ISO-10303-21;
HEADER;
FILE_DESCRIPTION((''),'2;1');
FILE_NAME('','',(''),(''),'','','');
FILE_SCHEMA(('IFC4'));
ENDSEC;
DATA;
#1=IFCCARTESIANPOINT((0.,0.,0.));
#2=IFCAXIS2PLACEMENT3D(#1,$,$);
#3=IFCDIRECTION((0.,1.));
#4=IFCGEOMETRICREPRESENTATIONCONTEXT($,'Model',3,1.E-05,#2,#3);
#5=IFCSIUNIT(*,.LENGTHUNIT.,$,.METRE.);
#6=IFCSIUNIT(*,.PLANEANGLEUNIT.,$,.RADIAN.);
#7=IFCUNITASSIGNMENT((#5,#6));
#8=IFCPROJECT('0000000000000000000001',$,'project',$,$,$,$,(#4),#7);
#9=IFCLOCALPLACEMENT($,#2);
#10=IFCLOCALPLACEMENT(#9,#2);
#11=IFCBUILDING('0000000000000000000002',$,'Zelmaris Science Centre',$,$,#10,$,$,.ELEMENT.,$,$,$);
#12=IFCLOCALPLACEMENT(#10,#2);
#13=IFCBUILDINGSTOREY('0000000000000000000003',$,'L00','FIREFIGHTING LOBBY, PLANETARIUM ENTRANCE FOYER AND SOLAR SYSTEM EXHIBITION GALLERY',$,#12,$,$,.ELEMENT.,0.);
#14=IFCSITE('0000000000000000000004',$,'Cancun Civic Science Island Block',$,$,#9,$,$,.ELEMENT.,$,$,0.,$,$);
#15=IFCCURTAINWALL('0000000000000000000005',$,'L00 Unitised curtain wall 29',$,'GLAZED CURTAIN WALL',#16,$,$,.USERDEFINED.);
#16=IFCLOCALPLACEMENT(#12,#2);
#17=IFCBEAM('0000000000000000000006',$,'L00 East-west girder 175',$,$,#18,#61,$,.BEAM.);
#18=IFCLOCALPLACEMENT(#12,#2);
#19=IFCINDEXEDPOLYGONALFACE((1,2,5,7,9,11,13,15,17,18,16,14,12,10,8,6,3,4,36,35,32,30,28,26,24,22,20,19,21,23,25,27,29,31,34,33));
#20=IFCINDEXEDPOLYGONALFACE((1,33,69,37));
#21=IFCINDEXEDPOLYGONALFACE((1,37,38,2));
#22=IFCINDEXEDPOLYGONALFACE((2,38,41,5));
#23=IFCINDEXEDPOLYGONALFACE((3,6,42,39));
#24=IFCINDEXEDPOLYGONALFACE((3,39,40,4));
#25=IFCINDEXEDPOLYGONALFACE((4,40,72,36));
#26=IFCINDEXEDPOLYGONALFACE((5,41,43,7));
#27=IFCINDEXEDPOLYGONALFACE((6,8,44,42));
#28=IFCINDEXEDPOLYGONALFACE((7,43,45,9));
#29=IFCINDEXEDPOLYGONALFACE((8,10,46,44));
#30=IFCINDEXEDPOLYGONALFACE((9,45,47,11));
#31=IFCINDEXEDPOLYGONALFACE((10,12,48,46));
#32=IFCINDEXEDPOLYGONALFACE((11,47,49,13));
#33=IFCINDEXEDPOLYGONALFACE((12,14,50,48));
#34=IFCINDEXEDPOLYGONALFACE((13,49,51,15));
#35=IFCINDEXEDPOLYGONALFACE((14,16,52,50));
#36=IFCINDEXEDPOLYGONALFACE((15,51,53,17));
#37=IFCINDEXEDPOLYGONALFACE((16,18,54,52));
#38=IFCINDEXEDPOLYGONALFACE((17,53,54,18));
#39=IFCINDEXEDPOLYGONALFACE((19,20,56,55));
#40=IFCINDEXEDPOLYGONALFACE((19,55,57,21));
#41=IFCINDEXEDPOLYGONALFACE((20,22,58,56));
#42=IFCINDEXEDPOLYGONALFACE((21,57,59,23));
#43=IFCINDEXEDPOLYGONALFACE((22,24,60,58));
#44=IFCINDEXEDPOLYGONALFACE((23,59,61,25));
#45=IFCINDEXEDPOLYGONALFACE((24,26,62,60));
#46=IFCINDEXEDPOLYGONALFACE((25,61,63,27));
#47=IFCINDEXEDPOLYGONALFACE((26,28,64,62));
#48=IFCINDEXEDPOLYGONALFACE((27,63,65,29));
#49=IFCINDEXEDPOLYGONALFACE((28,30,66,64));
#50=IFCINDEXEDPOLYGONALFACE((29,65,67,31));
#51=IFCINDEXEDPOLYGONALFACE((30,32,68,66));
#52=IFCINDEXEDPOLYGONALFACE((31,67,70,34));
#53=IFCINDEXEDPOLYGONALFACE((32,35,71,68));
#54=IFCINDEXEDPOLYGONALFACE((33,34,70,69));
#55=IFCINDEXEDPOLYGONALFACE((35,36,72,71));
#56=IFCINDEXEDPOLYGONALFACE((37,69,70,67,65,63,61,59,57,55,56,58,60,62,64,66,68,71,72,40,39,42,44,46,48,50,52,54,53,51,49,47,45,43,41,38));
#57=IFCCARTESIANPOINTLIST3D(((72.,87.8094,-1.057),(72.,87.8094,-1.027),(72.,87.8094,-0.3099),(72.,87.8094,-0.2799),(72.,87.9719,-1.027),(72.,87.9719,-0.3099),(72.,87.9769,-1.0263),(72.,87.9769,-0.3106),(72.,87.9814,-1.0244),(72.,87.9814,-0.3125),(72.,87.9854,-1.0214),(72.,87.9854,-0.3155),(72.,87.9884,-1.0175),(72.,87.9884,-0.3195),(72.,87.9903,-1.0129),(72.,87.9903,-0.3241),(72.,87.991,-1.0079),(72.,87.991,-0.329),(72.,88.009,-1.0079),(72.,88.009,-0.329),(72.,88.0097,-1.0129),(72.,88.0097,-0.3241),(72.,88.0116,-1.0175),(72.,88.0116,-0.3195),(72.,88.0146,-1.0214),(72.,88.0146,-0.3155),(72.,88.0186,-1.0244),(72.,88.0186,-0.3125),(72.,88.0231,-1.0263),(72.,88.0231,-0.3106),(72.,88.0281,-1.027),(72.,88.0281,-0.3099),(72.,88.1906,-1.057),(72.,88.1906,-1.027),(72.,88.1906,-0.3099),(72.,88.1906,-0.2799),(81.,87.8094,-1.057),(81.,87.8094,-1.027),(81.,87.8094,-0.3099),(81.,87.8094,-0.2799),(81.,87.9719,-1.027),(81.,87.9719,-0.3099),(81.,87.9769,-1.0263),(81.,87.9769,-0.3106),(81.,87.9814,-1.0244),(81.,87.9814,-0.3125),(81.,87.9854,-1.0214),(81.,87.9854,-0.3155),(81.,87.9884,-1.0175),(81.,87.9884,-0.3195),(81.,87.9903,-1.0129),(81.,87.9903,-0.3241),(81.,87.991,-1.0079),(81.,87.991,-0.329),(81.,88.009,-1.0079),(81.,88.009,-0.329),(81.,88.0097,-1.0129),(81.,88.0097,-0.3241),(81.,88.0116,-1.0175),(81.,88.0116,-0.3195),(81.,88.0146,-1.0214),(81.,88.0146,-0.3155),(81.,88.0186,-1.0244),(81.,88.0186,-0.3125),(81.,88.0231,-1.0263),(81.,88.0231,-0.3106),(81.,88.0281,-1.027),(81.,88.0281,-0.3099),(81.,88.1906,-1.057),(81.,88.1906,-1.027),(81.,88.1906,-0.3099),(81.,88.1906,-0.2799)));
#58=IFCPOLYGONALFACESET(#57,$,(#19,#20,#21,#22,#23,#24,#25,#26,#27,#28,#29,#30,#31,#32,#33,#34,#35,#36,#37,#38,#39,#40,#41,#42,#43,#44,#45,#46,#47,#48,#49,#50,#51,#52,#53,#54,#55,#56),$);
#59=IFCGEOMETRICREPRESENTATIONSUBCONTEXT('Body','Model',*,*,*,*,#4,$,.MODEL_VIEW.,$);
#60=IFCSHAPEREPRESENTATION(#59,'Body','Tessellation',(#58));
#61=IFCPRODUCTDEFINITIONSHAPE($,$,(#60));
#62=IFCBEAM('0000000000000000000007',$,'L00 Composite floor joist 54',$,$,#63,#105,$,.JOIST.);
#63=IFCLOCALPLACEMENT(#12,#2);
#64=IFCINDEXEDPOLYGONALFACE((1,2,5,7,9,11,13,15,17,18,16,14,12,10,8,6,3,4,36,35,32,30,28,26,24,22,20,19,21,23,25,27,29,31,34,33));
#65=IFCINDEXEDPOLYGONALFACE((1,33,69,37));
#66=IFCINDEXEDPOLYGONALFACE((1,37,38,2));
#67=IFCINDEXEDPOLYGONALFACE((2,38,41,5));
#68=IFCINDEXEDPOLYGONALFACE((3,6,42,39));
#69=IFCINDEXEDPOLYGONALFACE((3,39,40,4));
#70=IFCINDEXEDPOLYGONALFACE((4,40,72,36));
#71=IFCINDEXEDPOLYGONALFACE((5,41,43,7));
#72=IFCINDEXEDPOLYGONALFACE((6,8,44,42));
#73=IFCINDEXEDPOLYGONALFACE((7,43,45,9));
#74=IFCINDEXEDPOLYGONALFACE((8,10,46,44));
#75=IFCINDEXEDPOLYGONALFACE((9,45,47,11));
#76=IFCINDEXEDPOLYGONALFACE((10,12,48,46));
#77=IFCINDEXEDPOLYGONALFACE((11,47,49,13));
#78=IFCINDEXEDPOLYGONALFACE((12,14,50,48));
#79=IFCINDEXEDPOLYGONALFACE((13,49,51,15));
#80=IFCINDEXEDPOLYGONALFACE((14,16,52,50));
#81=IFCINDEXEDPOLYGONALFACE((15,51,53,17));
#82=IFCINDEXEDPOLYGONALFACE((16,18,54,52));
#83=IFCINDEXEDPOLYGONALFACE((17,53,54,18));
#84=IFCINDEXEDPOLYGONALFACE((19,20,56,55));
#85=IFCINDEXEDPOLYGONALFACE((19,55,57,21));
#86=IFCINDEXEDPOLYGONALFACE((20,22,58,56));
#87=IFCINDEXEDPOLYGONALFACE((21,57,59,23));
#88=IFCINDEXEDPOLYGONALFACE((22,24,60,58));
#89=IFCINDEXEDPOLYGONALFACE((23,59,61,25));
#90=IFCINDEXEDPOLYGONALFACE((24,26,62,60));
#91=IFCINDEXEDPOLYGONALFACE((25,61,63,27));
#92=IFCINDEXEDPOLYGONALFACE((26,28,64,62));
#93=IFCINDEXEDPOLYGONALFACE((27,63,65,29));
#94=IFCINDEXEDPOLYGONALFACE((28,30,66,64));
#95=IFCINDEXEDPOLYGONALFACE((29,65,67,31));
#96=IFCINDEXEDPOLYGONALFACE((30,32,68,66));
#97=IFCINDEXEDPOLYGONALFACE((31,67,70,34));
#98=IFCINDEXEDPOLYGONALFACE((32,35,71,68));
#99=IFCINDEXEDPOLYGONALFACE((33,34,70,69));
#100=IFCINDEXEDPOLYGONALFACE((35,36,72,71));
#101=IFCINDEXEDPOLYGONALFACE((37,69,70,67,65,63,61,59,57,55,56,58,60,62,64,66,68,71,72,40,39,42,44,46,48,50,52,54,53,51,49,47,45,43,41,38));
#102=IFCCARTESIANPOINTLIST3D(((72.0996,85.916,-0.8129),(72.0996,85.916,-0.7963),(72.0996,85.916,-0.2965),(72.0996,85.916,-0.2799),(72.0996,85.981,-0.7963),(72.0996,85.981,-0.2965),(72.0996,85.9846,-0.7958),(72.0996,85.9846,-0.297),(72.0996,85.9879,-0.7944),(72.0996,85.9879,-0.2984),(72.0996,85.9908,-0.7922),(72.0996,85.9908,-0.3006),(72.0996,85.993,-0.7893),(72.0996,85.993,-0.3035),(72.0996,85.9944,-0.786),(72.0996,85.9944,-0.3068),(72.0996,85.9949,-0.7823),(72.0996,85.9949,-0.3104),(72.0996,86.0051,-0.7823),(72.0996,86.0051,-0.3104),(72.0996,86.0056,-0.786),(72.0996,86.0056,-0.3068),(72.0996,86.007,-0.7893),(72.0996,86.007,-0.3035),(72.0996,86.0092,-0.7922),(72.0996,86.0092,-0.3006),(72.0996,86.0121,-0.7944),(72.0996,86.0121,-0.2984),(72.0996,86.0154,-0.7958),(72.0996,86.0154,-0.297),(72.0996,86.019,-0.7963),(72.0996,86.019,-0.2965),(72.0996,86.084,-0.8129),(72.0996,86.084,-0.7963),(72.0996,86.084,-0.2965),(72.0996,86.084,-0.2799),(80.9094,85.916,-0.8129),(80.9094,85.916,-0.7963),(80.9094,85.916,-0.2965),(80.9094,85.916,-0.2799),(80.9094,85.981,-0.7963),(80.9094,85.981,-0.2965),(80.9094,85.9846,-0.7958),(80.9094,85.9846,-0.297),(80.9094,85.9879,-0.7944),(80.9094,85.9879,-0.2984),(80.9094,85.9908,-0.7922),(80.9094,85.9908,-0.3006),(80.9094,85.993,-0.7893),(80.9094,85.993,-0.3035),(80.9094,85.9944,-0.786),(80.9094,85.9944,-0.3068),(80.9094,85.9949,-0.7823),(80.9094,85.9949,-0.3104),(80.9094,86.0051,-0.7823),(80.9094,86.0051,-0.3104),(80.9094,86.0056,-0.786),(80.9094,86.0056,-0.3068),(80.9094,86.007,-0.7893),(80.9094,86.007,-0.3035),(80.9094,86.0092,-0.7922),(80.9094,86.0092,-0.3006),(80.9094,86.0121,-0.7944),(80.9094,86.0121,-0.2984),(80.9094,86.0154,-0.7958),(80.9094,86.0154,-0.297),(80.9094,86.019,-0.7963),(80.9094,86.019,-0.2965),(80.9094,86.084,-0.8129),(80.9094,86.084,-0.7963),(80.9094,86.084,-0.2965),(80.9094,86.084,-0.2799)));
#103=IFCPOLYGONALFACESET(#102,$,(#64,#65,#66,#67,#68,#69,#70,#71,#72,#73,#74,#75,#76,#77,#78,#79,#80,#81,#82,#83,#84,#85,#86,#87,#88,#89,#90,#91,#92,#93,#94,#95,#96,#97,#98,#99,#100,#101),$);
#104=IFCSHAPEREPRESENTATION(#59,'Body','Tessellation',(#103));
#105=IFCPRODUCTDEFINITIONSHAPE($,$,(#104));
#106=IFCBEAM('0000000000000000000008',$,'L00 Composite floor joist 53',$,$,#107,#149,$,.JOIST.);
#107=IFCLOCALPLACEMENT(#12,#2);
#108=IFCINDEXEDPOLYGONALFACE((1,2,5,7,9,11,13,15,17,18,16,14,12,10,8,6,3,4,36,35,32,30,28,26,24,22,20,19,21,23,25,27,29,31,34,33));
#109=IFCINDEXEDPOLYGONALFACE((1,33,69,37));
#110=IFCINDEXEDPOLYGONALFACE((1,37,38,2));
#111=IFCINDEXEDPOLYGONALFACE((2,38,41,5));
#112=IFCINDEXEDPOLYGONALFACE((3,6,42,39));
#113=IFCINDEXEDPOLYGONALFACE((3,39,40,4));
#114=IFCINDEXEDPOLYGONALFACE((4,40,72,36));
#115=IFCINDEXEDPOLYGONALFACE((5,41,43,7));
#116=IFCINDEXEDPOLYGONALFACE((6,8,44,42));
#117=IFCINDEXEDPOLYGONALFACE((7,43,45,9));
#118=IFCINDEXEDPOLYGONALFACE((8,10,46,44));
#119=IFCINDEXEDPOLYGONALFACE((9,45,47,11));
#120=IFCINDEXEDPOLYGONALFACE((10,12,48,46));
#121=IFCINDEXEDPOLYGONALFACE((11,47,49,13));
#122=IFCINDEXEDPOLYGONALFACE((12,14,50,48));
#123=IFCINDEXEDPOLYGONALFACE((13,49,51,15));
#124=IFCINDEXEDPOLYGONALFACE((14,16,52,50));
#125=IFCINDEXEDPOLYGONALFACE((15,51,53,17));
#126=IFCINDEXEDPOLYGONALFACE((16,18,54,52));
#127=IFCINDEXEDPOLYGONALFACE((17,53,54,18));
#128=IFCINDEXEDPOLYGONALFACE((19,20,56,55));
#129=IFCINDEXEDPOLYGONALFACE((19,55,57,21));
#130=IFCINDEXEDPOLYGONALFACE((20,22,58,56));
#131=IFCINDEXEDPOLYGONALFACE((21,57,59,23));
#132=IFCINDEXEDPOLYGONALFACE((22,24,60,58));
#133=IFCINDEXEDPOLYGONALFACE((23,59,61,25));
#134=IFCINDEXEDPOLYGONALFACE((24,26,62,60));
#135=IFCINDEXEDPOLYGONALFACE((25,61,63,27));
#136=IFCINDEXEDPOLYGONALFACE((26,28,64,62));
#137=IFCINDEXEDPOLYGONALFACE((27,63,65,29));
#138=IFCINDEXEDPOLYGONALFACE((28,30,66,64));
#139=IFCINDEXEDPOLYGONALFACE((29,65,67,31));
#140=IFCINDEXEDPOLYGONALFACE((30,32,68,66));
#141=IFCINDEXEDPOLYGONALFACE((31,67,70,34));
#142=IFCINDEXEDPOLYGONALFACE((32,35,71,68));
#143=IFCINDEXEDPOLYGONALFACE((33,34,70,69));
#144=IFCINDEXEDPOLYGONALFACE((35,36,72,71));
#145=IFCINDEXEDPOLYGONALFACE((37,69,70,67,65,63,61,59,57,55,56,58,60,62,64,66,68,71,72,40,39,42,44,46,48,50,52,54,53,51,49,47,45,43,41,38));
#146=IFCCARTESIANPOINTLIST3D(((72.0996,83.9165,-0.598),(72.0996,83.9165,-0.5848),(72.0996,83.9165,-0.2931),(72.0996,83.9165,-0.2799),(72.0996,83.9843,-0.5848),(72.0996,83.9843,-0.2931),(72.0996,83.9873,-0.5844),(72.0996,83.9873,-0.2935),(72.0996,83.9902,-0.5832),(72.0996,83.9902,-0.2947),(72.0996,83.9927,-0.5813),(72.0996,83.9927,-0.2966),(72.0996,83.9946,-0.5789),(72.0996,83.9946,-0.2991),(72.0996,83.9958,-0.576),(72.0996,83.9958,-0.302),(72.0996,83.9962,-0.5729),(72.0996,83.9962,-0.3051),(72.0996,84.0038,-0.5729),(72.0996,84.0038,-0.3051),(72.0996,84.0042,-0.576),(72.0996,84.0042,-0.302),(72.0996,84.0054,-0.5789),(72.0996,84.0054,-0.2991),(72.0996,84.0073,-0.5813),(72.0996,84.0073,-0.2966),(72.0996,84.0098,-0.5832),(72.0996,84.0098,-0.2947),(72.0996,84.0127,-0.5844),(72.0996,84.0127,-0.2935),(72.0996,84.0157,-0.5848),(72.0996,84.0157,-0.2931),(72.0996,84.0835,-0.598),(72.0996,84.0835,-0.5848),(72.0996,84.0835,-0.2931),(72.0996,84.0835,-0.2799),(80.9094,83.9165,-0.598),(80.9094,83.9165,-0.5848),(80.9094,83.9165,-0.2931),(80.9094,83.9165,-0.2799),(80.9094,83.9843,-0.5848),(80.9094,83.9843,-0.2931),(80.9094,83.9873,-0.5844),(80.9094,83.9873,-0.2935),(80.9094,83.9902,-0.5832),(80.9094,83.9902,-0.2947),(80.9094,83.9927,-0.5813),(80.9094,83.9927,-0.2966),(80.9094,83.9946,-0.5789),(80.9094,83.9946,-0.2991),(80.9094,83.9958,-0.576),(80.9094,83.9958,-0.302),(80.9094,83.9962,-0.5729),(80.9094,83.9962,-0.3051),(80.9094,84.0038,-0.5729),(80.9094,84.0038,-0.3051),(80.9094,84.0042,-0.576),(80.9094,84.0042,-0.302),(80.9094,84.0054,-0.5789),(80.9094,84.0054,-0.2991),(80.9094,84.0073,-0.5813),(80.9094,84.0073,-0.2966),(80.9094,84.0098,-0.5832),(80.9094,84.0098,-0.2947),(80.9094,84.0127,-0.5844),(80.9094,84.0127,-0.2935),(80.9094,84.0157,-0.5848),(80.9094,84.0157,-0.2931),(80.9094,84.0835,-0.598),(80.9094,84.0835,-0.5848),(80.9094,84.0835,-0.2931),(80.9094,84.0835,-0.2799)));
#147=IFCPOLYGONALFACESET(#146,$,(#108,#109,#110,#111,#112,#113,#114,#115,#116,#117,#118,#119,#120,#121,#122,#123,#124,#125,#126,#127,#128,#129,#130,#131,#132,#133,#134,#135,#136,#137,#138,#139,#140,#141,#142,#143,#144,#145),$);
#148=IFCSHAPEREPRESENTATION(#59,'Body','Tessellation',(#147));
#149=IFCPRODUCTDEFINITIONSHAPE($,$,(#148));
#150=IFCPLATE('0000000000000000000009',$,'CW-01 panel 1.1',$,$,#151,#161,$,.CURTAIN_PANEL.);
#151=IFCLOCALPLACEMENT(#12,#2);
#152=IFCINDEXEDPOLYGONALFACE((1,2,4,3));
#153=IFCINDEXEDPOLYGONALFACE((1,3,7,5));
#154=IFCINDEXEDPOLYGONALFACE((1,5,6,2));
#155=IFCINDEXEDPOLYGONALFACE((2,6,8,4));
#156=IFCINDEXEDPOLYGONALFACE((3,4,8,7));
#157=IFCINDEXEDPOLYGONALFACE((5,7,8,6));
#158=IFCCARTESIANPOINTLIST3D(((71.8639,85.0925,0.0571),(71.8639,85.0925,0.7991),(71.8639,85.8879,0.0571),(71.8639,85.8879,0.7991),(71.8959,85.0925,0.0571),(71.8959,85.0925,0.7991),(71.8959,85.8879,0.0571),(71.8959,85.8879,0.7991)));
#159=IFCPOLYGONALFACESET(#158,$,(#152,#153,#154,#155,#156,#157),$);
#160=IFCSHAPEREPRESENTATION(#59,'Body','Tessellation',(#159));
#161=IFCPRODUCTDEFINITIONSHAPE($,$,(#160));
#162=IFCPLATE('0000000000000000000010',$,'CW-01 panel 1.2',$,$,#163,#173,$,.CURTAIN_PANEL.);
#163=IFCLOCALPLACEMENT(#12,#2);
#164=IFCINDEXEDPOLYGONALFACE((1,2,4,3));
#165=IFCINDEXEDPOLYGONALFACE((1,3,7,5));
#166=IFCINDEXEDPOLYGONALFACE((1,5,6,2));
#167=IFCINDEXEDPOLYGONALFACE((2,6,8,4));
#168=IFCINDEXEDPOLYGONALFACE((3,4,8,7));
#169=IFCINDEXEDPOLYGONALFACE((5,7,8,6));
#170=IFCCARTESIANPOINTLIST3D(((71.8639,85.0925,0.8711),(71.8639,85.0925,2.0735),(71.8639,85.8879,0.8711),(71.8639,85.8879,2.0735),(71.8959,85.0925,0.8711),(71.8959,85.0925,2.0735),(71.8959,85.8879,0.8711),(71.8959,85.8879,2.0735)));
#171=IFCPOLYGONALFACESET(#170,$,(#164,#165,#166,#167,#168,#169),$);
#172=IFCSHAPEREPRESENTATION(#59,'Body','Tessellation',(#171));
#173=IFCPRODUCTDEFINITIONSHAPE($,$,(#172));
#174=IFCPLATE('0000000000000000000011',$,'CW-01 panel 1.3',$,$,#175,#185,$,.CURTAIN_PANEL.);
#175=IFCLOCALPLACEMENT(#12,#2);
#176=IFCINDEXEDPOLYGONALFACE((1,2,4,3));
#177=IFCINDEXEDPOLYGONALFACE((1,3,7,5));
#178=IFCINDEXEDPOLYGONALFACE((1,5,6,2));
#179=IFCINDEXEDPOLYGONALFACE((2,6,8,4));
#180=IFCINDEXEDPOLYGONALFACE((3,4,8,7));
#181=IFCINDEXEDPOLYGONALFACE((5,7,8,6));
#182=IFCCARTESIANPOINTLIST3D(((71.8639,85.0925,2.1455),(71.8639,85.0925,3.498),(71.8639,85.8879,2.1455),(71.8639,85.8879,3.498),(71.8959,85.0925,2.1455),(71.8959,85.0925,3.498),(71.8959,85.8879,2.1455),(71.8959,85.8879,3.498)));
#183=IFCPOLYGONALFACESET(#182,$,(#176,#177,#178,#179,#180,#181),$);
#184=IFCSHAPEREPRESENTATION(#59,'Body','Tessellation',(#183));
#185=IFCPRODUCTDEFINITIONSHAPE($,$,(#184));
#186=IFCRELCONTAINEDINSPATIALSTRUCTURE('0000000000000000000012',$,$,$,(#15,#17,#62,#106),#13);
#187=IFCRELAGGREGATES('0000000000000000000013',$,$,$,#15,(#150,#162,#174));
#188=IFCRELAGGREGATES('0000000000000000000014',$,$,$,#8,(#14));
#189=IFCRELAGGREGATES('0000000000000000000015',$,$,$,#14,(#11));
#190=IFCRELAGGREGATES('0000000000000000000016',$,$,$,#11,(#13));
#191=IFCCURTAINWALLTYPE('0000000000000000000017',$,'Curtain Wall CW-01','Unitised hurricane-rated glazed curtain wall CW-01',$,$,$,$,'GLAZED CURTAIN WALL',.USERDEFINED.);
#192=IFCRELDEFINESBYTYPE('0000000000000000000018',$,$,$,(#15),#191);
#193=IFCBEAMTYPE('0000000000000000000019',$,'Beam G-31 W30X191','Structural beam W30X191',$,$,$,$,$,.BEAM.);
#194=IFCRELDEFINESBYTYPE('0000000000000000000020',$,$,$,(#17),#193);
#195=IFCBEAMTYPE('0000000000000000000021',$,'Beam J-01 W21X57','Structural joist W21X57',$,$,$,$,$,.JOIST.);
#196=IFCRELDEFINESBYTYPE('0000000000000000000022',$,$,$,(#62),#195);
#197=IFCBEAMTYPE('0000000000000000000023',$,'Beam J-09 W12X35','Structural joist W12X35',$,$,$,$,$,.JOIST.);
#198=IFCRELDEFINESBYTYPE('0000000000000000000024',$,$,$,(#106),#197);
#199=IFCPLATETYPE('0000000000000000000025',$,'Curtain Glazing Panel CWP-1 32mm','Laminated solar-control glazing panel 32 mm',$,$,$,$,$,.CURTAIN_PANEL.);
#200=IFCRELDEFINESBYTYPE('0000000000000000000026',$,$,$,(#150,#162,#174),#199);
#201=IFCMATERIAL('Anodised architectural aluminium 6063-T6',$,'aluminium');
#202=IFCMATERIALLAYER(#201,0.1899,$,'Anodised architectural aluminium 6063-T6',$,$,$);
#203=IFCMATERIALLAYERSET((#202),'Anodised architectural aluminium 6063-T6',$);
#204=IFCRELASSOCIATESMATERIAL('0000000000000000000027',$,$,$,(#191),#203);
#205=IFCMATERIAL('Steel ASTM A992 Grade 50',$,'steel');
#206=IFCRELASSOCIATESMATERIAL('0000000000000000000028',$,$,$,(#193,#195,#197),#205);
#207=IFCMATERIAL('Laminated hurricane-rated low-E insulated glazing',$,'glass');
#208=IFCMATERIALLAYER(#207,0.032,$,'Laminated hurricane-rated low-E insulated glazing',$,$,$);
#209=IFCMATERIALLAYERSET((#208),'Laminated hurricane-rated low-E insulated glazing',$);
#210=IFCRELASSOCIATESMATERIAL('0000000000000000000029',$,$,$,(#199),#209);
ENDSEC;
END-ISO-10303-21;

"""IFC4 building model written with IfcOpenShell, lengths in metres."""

from ifc_helpers import new_model, si_unit, direction, frame, origin, origin_2d, place, context, subcontext, project, spatial, rectangle, i_section, extrude, material, layer, layer_set, material_profile, profile_set, type_object, element, aggregate, save


model = new_model("IFC4")

# Units and contexts
model_context = context("Model", 3, precision=1e-05, world=origin(), true_north=direction((0.0, 1.0)))
body_context = subcontext(model_context, "Body", "Model", "MODEL_VIEW")
ifc_project = project(units=[si_unit("LENGTHUNIT", "METRE"), si_unit("PLANEANGLEUNIT", "RADIAN")], contexts=[model_context])

# Site, building, storey
site_placement = place(None, origin())
site = spatial("IfcSite", under=ifc_project, at=site_placement, Name="Cancun Civic Science Island Block", CompositionType="ELEMENT", RefElevation=0.0)
building_placement = place(site_placement, origin())
building = spatial("IfcBuilding", under=site, at=building_placement, Name="Zelmaris Science Centre", CompositionType="ELEMENT")
storey_placement = place(building_placement, origin())
storey = spatial("IfcBuildingStorey", under=building, at=storey_placement, Name="L00", Description="FIREFIGHTING LOBBY, PLANETARIUM ENTRANCE FOYER AND SOLAR SYSTEM EXHIBITION GALLERY", CompositionType="ELEMENT", Elevation=0.0)

# Shared definitions
ifc_material_1 = material(Name="Steel ASTM A992 Grade 50", Category="steel")

# Curtain wall
ifc_material_2 = material(Name="Anodised architectural aluminium 6063-T6", Category="aluminium")
ifc_layer_1 = layer(ifc_material_2, 0.1899, Name="Anodised architectural aluminium 6063-T6")
ifc_layer_set_1 = layer_set([ifc_layer_1], Name="Anodised architectural aluminium 6063-T6")
curtain_wall_type = type_object("IfcCurtainWallType", Name="Curtain Wall CW-01", Description="Unitised hurricane-rated glazed curtain wall CW-01", ElementType="GLAZED CURTAIN WALL", PredefinedType="USERDEFINED", material=ifc_layer_set_1)
curtain_wall_placement = place(storey_placement, origin())
curtain_wall = element("IfcCurtainWall", 1, at=curtain_wall_placement, inside=storey, type_object=curtain_wall_type, Name="L00 Unitised curtain wall 29", ObjectType="GLAZED CURTAIN WALL", PredefinedType="USERDEFINED")

# Beams
ifc_material_profile_1 = material_profile(ifc_material_1, i_section(OverallWidth=0.3811, OverallDepth=0.7771, WebThickness=0.0181, FlangeThickness=0.03, FilletRadius=0.019, at=origin_2d()), Name="W30X191")
ifc_profile_set_1 = profile_set([ifc_material_profile_1], Name="Steel ASTM A992 Grade 50")
beam_type_1 = type_object("IfcBeamType", Name="Beam G-31 W30X191", Description="Structural beam W30X191", PredefinedType="BEAM", material=ifc_profile_set_1)
beam_1_placement = place(storey_placement, frame((72.0, 88.0, -0.6685), z_axis=(1.0, 0.0, 0.0), x_axis=(0.0, 1.0, 0.0)))
element("IfcBeam", 2, at=beam_1_placement, inside=storey, type_object=beam_type_1, Name="L00 East-west girder 175", PredefinedType="BEAM", context=body_context, shape_type="SweptSolid", body=[
    extrude(i_section(OverallWidth=0.3811, OverallDepth=0.7771, WebThickness=0.0181, FlangeThickness=0.03, FilletRadius=0.019, at=origin_2d()), origin(), (0.0, 0.0, 1.0), 9.0),
])
ifc_material_profile_2 = material_profile(ifc_material_1, i_section(OverallWidth=0.168, OverallDepth=0.533, WebThickness=0.0103, FlangeThickness=0.0166, FilletRadius=0.0139, at=origin_2d()), Name="W21X57")
ifc_profile_set_2 = profile_set([ifc_material_profile_2], Name="Steel ASTM A992 Grade 50")
beam_type_2 = type_object("IfcBeamType", Name="Beam J-01 W21X57", Description="Structural joist W21X57", PredefinedType="JOIST", material=ifc_profile_set_2)
beam_2_placement = place(storey_placement, frame((72.0996, 86.0, -0.5464), z_axis=(1.0, 0.0, 0.0), x_axis=(0.0, 1.0, 0.0)))
element("IfcBeam", 3, at=beam_2_placement, inside=storey, type_object=beam_type_2, Name="L00 Composite floor joist 54", PredefinedType="JOIST", context=body_context, shape_type="SweptSolid", body=[
    extrude(i_section(OverallWidth=0.168, OverallDepth=0.533, WebThickness=0.0103, FlangeThickness=0.0166, FilletRadius=0.0139, at=origin_2d()), origin(), (0.0, 0.0, 1.0), 8.8098),
])
ifc_material_profile_3 = material_profile(ifc_material_1, i_section(OverallWidth=0.167, OverallDepth=0.3181, WebThickness=0.0076, FlangeThickness=0.0132, FilletRadius=0.012, at=origin_2d()), Name="W12X35")
ifc_profile_set_3 = profile_set([ifc_material_profile_3], Name="Steel ASTM A992 Grade 50")
beam_type_3 = type_object("IfcBeamType", Name="Beam J-09 W12X35", Description="Structural joist W12X35", PredefinedType="JOIST", material=ifc_profile_set_3)
beam_3_placement = place(storey_placement, frame((72.0996, 84.0, -0.439), z_axis=(1.0, 0.0, 0.0), x_axis=(0.0, 1.0, 0.0)))
element("IfcBeam", 4, at=beam_3_placement, inside=storey, type_object=beam_type_3, Name="L00 Composite floor joist 53", PredefinedType="JOIST", context=body_context, shape_type="SweptSolid", body=[
    extrude(i_section(OverallWidth=0.167, OverallDepth=0.3181, WebThickness=0.0076, FlangeThickness=0.0132, FilletRadius=0.012, at=origin_2d()), origin(), (0.0, 0.0, 1.0), 8.8098),
])

# Plates
ifc_material_3 = material(Name="Laminated hurricane-rated low-E insulated glazing", Category="glass")
ifc_layer_2 = layer(ifc_material_3, 0.032, Name="Laminated hurricane-rated low-E insulated glazing")
ifc_layer_set_2 = layer_set([ifc_layer_2], Name="Laminated hurricane-rated low-E insulated glazing")
plate_type = type_object("IfcPlateType", Name="Curtain Glazing Panel CWP-1 32mm", Description="Laminated solar-control glazing panel 32 mm", PredefinedType="CURTAIN_PANEL", material=ifc_layer_set_2)
plate_1_placement = place(storey_placement, frame((71.8799, 85.4902, 0.0571), z_axis=(0.0, 0.0, 1.0), x_axis=(0.0, -1.0, 0.0)))
plate_1 = element("IfcPlate", 5, at=plate_1_placement, type_object=plate_type, Name="CW-01 panel 1.1", PredefinedType="CURTAIN_PANEL", context=body_context, shape_type="SweptSolid", body=[
    extrude(rectangle(XDim=0.7954, YDim=0.032, at=origin_2d()), origin(), (0.0, 0.0, 1.0), 0.7419),
])
plate_2_placement = place(storey_placement, frame((71.8799, 85.4902, 0.8711), z_axis=(0.0, 0.0, 1.0), x_axis=(0.0, -1.0, 0.0)))
plate_2 = element("IfcPlate", 6, at=plate_2_placement, type_object=plate_type, Name="CW-01 panel 1.2", PredefinedType="CURTAIN_PANEL", context=body_context, shape_type="SweptSolid", body=[
    extrude(rectangle(XDim=0.7954, YDim=0.032, at=origin_2d()), origin(), (0.0, 0.0, 1.0), 1.2024),
])
plate_3_placement = place(storey_placement, frame((71.8799, 85.4902, 2.1455), z_axis=(0.0, 0.0, 1.0), x_axis=(0.0, -1.0, 0.0)))
plate_3 = element("IfcPlate", 7, at=plate_3_placement, type_object=plate_type, Name="CW-01 panel 1.3", PredefinedType="CURTAIN_PANEL", context=body_context, shape_type="SweptSolid", body=[
    extrude(rectangle(XDim=0.7954, YDim=0.032, at=origin_2d()), origin(), (0.0, 0.0, 1.0), 1.3525),
])
aggregate(curtain_wall, [plate_1, plate_2, plate_3])

save(model, "model.ifc")
